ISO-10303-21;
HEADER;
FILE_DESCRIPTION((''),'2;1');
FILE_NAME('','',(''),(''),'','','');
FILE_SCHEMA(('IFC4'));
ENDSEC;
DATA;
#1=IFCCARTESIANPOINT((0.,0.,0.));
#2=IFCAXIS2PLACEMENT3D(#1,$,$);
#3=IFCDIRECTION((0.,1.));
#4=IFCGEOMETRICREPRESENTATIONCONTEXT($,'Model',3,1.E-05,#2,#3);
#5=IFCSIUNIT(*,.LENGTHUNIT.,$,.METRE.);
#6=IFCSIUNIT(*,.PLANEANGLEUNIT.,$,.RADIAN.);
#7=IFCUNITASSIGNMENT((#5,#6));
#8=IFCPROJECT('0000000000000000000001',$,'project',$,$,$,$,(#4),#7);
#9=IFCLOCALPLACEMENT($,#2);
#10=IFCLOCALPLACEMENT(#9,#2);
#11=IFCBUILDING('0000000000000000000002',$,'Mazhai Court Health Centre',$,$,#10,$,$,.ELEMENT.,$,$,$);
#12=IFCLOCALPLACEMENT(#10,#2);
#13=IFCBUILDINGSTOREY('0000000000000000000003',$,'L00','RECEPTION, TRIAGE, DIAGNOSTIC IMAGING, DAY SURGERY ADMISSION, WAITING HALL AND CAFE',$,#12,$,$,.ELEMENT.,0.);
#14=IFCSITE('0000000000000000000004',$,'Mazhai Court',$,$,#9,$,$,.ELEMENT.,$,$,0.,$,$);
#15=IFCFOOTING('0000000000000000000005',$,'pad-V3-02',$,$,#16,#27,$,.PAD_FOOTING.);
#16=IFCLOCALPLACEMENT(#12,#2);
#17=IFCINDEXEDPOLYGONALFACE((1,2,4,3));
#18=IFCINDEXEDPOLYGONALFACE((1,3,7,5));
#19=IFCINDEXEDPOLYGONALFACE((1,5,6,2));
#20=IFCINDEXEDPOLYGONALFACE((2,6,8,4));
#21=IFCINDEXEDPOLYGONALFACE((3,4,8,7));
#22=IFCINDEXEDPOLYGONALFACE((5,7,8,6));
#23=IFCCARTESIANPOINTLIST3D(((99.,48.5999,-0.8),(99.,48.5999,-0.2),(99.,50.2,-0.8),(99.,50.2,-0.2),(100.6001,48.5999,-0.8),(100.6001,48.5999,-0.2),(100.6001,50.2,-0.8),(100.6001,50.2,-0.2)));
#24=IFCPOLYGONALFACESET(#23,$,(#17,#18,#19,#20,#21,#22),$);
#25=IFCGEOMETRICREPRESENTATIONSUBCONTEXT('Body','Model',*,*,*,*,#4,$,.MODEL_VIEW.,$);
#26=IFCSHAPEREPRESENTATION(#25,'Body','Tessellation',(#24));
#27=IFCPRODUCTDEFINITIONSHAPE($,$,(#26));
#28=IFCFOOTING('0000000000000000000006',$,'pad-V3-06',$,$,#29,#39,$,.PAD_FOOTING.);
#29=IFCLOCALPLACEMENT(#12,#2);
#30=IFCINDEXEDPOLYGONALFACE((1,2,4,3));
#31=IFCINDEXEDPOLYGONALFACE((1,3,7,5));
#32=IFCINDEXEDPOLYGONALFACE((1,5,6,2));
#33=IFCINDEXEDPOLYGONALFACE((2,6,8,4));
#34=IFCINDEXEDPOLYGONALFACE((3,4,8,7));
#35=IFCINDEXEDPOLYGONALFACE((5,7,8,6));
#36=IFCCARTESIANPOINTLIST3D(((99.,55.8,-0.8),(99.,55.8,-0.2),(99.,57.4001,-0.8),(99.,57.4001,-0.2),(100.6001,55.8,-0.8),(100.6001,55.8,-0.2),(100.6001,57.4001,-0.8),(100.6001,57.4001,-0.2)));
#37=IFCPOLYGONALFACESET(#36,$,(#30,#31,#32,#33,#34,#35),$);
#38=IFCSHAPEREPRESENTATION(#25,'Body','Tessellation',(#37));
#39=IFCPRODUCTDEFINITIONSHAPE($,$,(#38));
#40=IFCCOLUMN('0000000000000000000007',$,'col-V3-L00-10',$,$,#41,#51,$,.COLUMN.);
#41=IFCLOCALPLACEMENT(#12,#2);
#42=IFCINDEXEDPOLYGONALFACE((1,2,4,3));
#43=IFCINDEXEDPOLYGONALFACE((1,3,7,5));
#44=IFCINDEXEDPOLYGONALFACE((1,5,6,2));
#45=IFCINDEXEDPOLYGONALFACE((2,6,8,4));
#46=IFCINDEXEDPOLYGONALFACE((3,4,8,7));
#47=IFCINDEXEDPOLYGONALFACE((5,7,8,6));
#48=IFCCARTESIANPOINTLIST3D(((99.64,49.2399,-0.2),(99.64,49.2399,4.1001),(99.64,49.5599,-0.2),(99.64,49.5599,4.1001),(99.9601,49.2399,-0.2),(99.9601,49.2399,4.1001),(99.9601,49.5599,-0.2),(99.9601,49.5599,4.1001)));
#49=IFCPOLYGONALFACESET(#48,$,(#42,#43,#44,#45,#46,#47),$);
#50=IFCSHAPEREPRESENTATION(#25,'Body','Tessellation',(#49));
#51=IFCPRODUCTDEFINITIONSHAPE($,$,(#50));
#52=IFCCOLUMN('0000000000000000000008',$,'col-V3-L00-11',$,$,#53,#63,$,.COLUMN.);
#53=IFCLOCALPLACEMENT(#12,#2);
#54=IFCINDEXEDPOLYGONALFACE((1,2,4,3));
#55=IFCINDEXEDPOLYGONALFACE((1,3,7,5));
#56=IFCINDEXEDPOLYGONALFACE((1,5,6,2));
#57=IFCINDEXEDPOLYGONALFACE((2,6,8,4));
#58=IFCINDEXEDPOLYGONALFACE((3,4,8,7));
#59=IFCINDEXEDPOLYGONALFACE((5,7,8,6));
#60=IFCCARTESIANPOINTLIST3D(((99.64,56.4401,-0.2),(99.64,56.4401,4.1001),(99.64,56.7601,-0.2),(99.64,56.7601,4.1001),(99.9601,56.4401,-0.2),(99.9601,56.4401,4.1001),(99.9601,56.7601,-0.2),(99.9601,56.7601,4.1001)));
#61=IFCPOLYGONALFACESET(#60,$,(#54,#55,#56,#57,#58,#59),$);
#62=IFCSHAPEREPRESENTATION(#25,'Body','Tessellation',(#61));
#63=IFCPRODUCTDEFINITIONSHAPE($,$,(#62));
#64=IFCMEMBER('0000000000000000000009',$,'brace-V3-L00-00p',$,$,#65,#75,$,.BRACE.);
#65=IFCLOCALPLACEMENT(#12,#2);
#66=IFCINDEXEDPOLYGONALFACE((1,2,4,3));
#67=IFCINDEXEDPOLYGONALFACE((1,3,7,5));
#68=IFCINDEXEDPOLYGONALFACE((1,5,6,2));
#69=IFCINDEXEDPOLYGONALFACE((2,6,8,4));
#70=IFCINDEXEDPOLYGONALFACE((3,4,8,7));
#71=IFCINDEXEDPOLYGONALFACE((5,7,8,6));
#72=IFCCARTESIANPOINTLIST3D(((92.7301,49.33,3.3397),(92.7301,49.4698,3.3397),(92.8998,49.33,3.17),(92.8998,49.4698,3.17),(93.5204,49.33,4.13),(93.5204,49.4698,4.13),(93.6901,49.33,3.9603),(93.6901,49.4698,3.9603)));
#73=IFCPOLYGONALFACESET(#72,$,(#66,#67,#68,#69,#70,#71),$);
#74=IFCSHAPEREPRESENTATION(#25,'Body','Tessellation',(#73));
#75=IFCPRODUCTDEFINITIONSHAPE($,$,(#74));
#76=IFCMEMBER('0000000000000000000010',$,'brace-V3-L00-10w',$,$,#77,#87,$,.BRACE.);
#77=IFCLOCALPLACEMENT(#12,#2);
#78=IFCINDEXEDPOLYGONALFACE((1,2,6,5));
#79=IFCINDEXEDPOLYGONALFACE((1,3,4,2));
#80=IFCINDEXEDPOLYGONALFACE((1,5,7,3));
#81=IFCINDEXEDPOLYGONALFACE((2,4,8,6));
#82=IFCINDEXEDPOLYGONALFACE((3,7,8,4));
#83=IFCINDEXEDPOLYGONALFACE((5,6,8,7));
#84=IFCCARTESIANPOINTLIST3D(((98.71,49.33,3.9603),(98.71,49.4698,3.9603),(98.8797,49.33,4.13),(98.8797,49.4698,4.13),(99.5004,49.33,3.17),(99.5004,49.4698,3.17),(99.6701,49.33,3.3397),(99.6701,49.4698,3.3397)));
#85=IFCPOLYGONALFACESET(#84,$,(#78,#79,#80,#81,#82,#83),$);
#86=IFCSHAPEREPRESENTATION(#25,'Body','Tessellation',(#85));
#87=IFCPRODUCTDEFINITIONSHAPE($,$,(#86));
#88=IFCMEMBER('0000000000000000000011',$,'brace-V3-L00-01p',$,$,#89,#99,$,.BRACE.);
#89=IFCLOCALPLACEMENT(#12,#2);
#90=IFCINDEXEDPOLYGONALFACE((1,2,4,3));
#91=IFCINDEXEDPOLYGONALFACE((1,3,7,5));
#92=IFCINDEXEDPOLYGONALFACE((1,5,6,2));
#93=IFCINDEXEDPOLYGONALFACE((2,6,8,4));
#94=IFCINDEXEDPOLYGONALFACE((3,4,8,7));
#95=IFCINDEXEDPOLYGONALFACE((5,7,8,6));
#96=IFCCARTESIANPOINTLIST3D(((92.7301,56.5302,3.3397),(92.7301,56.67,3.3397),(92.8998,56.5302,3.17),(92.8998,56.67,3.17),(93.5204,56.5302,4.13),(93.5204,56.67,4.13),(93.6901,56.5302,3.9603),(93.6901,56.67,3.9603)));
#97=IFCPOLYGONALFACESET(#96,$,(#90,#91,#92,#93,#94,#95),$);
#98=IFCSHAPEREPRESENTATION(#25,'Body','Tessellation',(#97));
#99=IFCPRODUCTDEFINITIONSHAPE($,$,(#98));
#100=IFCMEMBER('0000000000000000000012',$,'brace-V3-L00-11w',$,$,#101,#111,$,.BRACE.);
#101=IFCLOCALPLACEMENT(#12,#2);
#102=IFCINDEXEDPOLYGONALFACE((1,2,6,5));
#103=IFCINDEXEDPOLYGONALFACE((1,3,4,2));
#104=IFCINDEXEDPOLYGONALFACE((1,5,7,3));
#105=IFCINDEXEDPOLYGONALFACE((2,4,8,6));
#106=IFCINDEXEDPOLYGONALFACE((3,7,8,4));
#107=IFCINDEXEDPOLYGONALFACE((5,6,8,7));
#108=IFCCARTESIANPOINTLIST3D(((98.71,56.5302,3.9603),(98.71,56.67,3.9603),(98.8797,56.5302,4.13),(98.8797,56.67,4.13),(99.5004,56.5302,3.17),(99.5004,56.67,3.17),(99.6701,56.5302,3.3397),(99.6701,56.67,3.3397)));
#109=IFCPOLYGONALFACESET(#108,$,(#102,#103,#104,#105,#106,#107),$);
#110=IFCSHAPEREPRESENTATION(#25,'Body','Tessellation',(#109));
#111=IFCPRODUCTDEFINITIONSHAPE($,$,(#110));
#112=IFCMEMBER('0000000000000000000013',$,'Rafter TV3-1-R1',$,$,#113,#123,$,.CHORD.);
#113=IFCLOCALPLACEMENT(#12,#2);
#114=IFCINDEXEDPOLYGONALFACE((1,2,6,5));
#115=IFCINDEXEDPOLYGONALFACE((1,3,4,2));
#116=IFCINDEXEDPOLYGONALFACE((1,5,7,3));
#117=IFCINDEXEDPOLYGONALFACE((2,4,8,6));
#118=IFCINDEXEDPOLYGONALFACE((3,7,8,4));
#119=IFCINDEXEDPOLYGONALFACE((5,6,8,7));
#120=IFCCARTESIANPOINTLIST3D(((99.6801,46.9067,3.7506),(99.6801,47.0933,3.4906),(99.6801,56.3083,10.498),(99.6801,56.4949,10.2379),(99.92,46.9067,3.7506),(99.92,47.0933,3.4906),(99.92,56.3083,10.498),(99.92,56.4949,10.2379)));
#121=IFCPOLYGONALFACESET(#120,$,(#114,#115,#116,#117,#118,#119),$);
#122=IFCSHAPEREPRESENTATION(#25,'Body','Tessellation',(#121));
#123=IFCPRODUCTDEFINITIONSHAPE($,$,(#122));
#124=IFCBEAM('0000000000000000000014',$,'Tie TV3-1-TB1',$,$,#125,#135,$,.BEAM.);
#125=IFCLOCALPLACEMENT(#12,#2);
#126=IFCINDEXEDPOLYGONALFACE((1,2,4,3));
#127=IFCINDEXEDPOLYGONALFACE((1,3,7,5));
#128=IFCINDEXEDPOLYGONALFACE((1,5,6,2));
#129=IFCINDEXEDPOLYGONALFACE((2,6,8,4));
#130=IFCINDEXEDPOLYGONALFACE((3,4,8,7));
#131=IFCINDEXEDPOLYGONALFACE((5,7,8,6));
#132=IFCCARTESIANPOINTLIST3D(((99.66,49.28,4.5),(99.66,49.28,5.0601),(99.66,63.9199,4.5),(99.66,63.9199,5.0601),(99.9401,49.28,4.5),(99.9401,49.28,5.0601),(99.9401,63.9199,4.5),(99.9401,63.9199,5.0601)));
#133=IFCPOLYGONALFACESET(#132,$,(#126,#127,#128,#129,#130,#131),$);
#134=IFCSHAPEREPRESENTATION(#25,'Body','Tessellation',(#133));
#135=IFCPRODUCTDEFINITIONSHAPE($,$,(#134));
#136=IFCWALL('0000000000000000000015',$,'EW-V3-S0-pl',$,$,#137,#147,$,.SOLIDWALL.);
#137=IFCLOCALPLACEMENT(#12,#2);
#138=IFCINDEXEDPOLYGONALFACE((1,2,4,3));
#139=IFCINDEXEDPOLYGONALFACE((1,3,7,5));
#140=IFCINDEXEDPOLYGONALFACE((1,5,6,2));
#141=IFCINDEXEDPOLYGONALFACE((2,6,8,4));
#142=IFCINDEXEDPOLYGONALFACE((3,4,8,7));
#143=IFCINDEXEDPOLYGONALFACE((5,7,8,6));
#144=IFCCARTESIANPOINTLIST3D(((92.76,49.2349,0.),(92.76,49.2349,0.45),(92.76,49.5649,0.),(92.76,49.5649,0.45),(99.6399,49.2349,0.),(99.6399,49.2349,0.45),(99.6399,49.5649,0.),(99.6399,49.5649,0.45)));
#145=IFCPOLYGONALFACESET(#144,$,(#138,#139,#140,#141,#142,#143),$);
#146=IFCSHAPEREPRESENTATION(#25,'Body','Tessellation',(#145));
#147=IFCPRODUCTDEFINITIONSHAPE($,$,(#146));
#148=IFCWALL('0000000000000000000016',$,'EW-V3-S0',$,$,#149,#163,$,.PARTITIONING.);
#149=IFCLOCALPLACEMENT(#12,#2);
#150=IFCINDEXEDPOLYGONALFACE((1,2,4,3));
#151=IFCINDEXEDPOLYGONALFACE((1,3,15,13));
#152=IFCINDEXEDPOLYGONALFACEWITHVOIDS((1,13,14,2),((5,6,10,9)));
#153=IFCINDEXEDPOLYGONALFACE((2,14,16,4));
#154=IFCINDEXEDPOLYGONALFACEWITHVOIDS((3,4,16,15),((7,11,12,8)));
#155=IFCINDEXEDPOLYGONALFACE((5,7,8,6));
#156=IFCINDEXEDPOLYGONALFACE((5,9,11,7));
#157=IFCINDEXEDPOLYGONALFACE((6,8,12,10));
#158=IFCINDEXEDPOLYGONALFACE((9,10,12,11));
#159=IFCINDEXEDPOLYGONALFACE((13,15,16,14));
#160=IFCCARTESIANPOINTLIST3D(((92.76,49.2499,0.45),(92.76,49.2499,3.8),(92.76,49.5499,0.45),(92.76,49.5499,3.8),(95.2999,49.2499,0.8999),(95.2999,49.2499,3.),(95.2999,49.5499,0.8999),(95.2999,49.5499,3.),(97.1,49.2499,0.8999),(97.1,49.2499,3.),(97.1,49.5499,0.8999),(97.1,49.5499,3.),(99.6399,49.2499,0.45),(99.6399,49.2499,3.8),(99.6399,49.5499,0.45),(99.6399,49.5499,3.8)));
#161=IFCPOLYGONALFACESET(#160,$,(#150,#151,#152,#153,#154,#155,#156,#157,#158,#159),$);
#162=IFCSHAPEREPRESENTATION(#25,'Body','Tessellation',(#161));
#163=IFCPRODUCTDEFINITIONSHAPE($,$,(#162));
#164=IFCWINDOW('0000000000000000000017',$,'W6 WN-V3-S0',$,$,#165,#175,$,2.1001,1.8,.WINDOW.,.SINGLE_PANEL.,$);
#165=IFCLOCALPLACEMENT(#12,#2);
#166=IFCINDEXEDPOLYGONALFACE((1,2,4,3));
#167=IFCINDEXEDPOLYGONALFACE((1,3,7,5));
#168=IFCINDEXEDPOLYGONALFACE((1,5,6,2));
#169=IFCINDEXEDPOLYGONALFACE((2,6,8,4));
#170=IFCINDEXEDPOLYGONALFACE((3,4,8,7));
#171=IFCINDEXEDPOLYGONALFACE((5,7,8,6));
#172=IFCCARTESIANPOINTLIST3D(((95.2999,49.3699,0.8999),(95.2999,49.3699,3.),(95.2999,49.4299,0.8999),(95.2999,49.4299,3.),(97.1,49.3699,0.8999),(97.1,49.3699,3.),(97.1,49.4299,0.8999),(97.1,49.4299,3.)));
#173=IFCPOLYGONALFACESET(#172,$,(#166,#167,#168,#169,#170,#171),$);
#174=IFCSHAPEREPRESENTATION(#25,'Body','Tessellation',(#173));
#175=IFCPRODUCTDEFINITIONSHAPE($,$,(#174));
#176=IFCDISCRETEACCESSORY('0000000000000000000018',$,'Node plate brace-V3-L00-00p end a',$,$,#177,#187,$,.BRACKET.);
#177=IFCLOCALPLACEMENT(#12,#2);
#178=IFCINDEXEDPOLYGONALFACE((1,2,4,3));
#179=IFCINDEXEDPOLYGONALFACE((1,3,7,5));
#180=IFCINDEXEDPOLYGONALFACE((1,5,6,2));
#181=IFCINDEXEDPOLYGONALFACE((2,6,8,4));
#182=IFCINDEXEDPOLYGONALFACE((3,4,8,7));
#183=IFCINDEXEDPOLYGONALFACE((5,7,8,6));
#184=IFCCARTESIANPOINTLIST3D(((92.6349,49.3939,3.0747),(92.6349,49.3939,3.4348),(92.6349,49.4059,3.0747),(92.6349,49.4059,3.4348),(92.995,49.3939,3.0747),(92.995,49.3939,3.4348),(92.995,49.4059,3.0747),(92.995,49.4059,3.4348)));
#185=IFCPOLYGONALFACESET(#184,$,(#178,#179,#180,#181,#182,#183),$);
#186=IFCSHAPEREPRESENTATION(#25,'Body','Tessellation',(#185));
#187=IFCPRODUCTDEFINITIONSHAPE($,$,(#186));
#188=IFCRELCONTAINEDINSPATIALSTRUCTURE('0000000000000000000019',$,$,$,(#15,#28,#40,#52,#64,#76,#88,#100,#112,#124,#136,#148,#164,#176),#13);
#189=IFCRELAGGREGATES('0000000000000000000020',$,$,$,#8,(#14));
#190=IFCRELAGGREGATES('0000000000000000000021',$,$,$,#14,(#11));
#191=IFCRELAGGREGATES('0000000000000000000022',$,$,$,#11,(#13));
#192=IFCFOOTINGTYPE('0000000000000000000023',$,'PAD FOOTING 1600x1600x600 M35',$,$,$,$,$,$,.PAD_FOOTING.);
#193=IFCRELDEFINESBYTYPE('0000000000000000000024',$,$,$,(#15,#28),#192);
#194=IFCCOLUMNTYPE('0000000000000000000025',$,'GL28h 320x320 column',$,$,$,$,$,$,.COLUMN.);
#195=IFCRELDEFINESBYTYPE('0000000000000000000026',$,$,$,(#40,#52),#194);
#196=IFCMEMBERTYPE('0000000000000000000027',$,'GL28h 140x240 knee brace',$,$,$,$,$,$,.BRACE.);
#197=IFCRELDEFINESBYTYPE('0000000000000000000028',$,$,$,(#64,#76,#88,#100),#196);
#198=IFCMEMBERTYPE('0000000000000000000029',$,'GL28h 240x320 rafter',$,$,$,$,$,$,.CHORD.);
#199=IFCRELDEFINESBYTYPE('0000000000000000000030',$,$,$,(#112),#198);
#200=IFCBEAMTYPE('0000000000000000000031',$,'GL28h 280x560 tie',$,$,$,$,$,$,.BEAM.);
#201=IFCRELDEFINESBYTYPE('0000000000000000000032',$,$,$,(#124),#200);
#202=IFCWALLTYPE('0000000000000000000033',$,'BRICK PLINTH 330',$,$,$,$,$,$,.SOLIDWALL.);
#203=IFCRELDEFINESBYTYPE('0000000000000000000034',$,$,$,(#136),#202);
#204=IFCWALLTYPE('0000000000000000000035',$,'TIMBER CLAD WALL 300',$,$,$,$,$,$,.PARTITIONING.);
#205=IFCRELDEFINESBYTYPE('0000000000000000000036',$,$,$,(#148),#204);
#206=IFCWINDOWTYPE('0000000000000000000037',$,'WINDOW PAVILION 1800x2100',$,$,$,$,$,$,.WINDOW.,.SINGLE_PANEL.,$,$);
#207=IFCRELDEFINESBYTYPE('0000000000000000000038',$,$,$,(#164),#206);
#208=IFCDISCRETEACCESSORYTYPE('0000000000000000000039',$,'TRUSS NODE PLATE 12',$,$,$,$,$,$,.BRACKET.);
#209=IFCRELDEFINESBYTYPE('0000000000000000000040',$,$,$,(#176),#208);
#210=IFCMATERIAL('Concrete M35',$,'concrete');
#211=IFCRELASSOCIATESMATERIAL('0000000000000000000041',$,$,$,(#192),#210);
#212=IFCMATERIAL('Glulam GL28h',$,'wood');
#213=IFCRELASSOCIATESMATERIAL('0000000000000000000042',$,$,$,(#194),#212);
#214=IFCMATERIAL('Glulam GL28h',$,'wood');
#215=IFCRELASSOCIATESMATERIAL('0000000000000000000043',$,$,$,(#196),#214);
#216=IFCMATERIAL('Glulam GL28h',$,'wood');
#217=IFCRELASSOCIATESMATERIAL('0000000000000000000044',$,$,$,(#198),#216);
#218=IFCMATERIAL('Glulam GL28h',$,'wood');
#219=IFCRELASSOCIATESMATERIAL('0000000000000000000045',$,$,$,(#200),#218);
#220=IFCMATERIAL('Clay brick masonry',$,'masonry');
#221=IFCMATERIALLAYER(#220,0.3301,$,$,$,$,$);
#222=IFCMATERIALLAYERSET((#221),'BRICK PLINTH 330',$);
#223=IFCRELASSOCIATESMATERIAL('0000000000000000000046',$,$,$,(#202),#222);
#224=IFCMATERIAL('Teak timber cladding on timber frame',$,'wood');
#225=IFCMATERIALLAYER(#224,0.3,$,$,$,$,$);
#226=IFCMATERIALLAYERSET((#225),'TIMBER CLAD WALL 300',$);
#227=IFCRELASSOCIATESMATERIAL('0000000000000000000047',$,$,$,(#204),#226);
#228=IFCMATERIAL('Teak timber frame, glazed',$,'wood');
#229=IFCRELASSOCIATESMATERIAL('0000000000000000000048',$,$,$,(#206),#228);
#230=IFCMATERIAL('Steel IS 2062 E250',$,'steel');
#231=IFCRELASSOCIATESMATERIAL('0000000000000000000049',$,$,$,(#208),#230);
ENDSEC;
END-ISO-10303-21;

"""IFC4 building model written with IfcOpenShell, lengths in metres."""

from ifc_helpers import new_model, si_unit, direction, frame, frame_2d, origin, origin_2d, place, context, subcontext, project, spatial, rectangle, extrude, material, layer, layer_set, material_profile, profile_set, type_object, element, fill, save


model = new_model("IFC4")

# Units and contexts
model_context = context("Model", 3, precision=1e-05, world=origin(), true_north=direction((0.0, 1.0)))
body_context = subcontext(model_context, "Body", "Model", "MODEL_VIEW")
ifc_project = project(units=[si_unit("LENGTHUNIT", "METRE"), si_unit("PLANEANGLEUNIT", "RADIAN")], contexts=[model_context])

# Site, building, storey
site_placement = place(None, origin())
site = spatial("IfcSite", under=ifc_project, at=site_placement, Name="Mazhai Court", CompositionType="ELEMENT", RefElevation=0.0)
building_placement = place(site_placement, origin())
building = spatial("IfcBuilding", under=site, at=building_placement, Name="Mazhai Court Health Centre", CompositionType="ELEMENT")
storey_placement = place(building_placement, origin())
storey = spatial("IfcBuildingStorey", under=building, at=storey_placement, Name="L00", Description="RECEPTION, TRIAGE, DIAGNOSTIC IMAGING, DAY SURGERY ADMISSION, WAITING HALL AND CAFE", CompositionType="ELEMENT", Elevation=0.0)

# Footings
ifc_material_1 = material(Name="Concrete M35", Category="concrete")
footing_type = type_object("IfcFootingType", Name="PAD FOOTING 1600x1600x600 M35", PredefinedType="PAD_FOOTING", material=ifc_material_1)
for number, where, z_axis, x_axis, name in (
    (1, (99.8, 49.3999, -0.8), (0.0, 0.0, 1.0), (1.0, 0.0, 0.0), "pad-V3-02"),
    (2, (99.8, 56.6001, -0.8), (0.0, 0.0, 1.0), (1.0, 0.0, 0.0), "pad-V3-06"),
):
    element("IfcFooting", number, at=place(storey_placement, frame(where, z_axis=z_axis, x_axis=x_axis)), inside=storey, type_object=footing_type, Name=name, PredefinedType="PAD_FOOTING", context=body_context, shape_type="SweptSolid", body=[
        extrude(rectangle(XDim=1.6001, YDim=1.6001, at=origin_2d()), origin(), (0.0, 0.0, 1.0), 0.6001),
    ])

# Columns
ifc_material_2 = material(Name="Glulam GL28h", Category="wood")
ifc_material_profile_1 = material_profile(ifc_material_2, rectangle(XDim=0.3201, YDim=0.3201, at=origin_2d()), Name="GL28h 320x320")
ifc_profile_set_1 = profile_set([ifc_material_profile_1], Name="Glulam GL28h")
column_type = type_object("IfcColumnType", Name="GL28h 320x320 column", PredefinedType="COLUMN", material=ifc_profile_set_1)
for number, where, z_axis, x_axis, name in (
    (3, (99.8, 49.3999, -0.2), (0.0, 0.0, 1.0), (1.0, 0.0, 0.0), "col-V3-L00-10"),
    (4, (99.8, 56.6001, -0.2), (0.0, 0.0, 1.0), (1.0, 0.0, 0.0), "col-V3-L00-11"),
):
    element("IfcColumn", number, at=place(storey_placement, frame(where, z_axis=z_axis, x_axis=x_axis)), inside=storey, type_object=column_type, Name=name, PredefinedType="COLUMN", context=body_context, shape_type="SweptSolid", body=[
        extrude(rectangle(XDim=0.3201, YDim=0.3201, at=origin_2d()), origin(), (0.0, 0.0, 1.0), 4.3),
    ])

# Members
ifc_material_3 = material(Name="Glulam GL28h", Category="wood")
ifc_material_profile_2 = material_profile(ifc_material_3, rectangle(XDim=0.1399, YDim=0.24, at=origin_2d()), Name="GL28h 140x240")
ifc_profile_set_2 = profile_set([ifc_material_profile_2], Name="Glulam GL28h")
member_type_1 = type_object("IfcMemberType", Name="GL28h 140x240 knee brace", PredefinedType="BRACE", material=ifc_profile_set_2)
for number, where, z_axis, x_axis, name in (
    (5, (92.8149, 49.3999, 3.2549), (0.707107, 0.0, 0.707107), (0.0, 1.0, 0.0), "brace-V3-L00-00p"),
    (6, (99.5852, 49.3999, 3.2549), (-0.707107, 0.0, 0.707107), (0.0, -1.0, 0.0), "brace-V3-L00-10w"),
    (7, (92.8149, 56.6001, 3.2549), (0.707107, 0.0, 0.707107), (0.0, 1.0, 0.0), "brace-V3-L00-01p"),
    (8, (99.5852, 56.6001, 3.2549), (-0.707107, 0.0, 0.707107), (0.0, -1.0, 0.0), "brace-V3-L00-11w"),
):
    element("IfcMember", number, at=place(storey_placement, frame(where, z_axis=z_axis, x_axis=x_axis)), inside=storey, type_object=member_type_1, Name=name, PredefinedType="BRACE", context=body_context, shape_type="SweptSolid", body=[
        extrude(rectangle(XDim=0.1399, YDim=0.24, at=origin_2d()), origin(), (0.0, 0.0, 1.0), 1.1177),
    ])
ifc_material_4 = material(Name="Glulam GL28h", Category="wood")
ifc_material_profile_3 = material_profile(ifc_material_4, rectangle(XDim=0.24, YDim=0.3201, at=origin_2d()), Name="GL28h 240x320")
ifc_profile_set_3 = profile_set([ifc_material_profile_3], Name="Glulam GL28h")
member_type_2 = type_object("IfcMemberType", Name="GL28h 240x320 rafter", PredefinedType="CHORD", material=ifc_profile_set_3)
member_placement = place(storey_placement, frame((99.8, 47.0, 3.6206), z_axis=(0.0, 0.812429, 0.583061), x_axis=(-1.0, 0.0, 0.0)))
element("IfcMember", 9, at=member_placement, inside=storey, type_object=member_type_2, Name="Rafter TV3-1-R1", PredefinedType="CHORD", context=body_context, shape_type="SweptSolid", body=[
    extrude(rectangle(XDim=0.24, YDim=0.3201, at=origin_2d()), origin(), (0.0, 0.0, 1.0), 11.5723),
])

# Beam
ifc_material_5 = material(Name="Glulam GL28h", Category="wood")
ifc_material_profile_4 = material_profile(ifc_material_5, rectangle(XDim=0.28, YDim=0.5601, at=origin_2d()), Name="GL28h 280x560")
ifc_profile_set_4 = profile_set([ifc_material_profile_4], Name="Glulam GL28h")
beam_type = type_object("IfcBeamType", Name="GL28h 280x560 tie", PredefinedType="BEAM", material=ifc_profile_set_4)
beam_placement = place(storey_placement, frame((99.8, 49.28, 4.78), z_axis=(0.0, 1.0, 0.0), x_axis=(-1.0, 0.0, 0.0)))
element("IfcBeam", 10, at=beam_placement, inside=storey, type_object=beam_type, Name="Tie TV3-1-TB1", PredefinedType="BEAM", context=body_context, shape_type="SweptSolid", body=[
    extrude(rectangle(XDim=0.28, YDim=0.5601, at=origin_2d()), origin(), (0.0, 0.0, 1.0), 14.6399),
])

# Wall
ifc_material_6 = material(Name="Clay brick masonry", Category="masonry")
ifc_layer_1 = layer(ifc_material_6, 0.3301)
ifc_layer_set_1 = layer_set([ifc_layer_1], Name="BRICK PLINTH 330")
wall_type_1 = type_object("IfcWallType", Name="BRICK PLINTH 330", PredefinedType="SOLIDWALL", material=ifc_layer_set_1)
wall_1_placement = place(storey_placement, frame((99.6399, 49.3999, 0.0), z_axis=(0.0, 0.0, 1.0), x_axis=(-1.0, 0.0, 0.0)))
element("IfcWall", 11, at=wall_1_placement, inside=storey, type_object=wall_type_1, Name="EW-V3-S0-pl", PredefinedType="SOLIDWALL", context=body_context, shape_type="SweptSolid", body=[
    extrude(rectangle(XDim=6.8799, YDim=0.3301, at=frame_2d((3.4399, 0.0))), origin(), (0.0, 0.0, 1.0), 0.45),
])

# Wall, opening, window
ifc_material_7 = material(Name="Teak timber cladding on timber frame", Category="wood")
ifc_layer_2 = layer(ifc_material_7, 0.3)
ifc_layer_set_2 = layer_set([ifc_layer_2], Name="TIMBER CLAD WALL 300")
wall_type_2 = type_object("IfcWallType", Name="TIMBER CLAD WALL 300", PredefinedType="PARTITIONING", material=ifc_layer_set_2)
wall_2_placement = place(storey_placement, frame((99.6399, 49.3999, 0.45), z_axis=(0.0, 0.0, 1.0), x_axis=(-1.0, 0.0, 0.0)))
wall_2 = element("IfcWall", 12, at=wall_2_placement, inside=storey, type_object=wall_type_2, Name="EW-V3-S0", PredefinedType="PARTITIONING", context=body_context, shape_type="SweptSolid", body=[
    extrude(rectangle(XDim=6.8799, YDim=0.3, at=frame_2d((3.4399, 0.0))), origin(), (0.0, 0.0, 1.0), 3.3501),
])
opening_placement = place(wall_2_placement, frame((2.54, 0.0, 0.45)))
opening = element("IfcOpeningElement", 13, at=opening_placement, cuts=wall_2, PredefinedType="OPENING", context=body_context, shape_type="SweptSolid", body=[
    extrude(rectangle(XDim=1.8, YDim=2.1001, at=frame_2d((0.8999, 1.05))), frame((0.0, 0.1599, 0.0), z_axis=(0.0, -1.0, 0.0), x_axis=(1.0, 0.0, 0.0)), (0.0, 0.0, 1.0), 0.3201),
])
ifc_material_8 = material(Name="Teak timber frame, glazed", Category="wood")
window_type = type_object("IfcWindowType", Name="WINDOW PAVILION 1800x2100", PartitioningType="SINGLE_PANEL", PredefinedType="WINDOW", material=ifc_material_8)
window_placement = place(opening_placement, origin())
window = element("IfcWindow", 14, at=window_placement, inside=storey, type_object=window_type, Name="W6 WN-V3-S0", OverallHeight=2.1001, OverallWidth=1.8, PartitioningType="SINGLE_PANEL", PredefinedType="WINDOW", context=body_context, shape_type="SweptSolid", body=[
    extrude(rectangle(XDim=1.8, YDim=2.1001, at=frame_2d((0.8999, 1.05))), frame((0.0, 0.03, 0.0), z_axis=(0.0, -1.0, 0.0), x_axis=(1.0, 0.0, 0.0)), (0.0, 0.0, 1.0), 0.0601),
])
fill(opening, window)

# Discrete accessory
ifc_material_9 = material(Name="Steel IS 2062 E250", Category="steel")
discrete_accessory_type = type_object("IfcDiscreteAccessoryType", Name="TRUSS NODE PLATE 12", PredefinedType="BRACKET", material=ifc_material_9)
for number, where, z_axis, x_axis, name in (
    (15, (92.8149, 49.3999, 3.0747), (0.0, 0.0, 1.0), (1.0, 0.0, 0.0), "Node plate brace-V3-L00-00p end a"),
):
    element("IfcDiscreteAccessory", number, at=place(storey_placement, frame(where, z_axis=z_axis, x_axis=x_axis)), inside=storey, type_object=discrete_accessory_type, Name=name, PredefinedType="BRACKET", context=body_context, shape_type="SweptSolid", body=[
        extrude(rectangle(XDim=0.3601, YDim=0.012, at=origin_2d()), origin(), (0.0, 0.0, 1.0), 0.3601),
    ])

save(model, "model.ifc")
